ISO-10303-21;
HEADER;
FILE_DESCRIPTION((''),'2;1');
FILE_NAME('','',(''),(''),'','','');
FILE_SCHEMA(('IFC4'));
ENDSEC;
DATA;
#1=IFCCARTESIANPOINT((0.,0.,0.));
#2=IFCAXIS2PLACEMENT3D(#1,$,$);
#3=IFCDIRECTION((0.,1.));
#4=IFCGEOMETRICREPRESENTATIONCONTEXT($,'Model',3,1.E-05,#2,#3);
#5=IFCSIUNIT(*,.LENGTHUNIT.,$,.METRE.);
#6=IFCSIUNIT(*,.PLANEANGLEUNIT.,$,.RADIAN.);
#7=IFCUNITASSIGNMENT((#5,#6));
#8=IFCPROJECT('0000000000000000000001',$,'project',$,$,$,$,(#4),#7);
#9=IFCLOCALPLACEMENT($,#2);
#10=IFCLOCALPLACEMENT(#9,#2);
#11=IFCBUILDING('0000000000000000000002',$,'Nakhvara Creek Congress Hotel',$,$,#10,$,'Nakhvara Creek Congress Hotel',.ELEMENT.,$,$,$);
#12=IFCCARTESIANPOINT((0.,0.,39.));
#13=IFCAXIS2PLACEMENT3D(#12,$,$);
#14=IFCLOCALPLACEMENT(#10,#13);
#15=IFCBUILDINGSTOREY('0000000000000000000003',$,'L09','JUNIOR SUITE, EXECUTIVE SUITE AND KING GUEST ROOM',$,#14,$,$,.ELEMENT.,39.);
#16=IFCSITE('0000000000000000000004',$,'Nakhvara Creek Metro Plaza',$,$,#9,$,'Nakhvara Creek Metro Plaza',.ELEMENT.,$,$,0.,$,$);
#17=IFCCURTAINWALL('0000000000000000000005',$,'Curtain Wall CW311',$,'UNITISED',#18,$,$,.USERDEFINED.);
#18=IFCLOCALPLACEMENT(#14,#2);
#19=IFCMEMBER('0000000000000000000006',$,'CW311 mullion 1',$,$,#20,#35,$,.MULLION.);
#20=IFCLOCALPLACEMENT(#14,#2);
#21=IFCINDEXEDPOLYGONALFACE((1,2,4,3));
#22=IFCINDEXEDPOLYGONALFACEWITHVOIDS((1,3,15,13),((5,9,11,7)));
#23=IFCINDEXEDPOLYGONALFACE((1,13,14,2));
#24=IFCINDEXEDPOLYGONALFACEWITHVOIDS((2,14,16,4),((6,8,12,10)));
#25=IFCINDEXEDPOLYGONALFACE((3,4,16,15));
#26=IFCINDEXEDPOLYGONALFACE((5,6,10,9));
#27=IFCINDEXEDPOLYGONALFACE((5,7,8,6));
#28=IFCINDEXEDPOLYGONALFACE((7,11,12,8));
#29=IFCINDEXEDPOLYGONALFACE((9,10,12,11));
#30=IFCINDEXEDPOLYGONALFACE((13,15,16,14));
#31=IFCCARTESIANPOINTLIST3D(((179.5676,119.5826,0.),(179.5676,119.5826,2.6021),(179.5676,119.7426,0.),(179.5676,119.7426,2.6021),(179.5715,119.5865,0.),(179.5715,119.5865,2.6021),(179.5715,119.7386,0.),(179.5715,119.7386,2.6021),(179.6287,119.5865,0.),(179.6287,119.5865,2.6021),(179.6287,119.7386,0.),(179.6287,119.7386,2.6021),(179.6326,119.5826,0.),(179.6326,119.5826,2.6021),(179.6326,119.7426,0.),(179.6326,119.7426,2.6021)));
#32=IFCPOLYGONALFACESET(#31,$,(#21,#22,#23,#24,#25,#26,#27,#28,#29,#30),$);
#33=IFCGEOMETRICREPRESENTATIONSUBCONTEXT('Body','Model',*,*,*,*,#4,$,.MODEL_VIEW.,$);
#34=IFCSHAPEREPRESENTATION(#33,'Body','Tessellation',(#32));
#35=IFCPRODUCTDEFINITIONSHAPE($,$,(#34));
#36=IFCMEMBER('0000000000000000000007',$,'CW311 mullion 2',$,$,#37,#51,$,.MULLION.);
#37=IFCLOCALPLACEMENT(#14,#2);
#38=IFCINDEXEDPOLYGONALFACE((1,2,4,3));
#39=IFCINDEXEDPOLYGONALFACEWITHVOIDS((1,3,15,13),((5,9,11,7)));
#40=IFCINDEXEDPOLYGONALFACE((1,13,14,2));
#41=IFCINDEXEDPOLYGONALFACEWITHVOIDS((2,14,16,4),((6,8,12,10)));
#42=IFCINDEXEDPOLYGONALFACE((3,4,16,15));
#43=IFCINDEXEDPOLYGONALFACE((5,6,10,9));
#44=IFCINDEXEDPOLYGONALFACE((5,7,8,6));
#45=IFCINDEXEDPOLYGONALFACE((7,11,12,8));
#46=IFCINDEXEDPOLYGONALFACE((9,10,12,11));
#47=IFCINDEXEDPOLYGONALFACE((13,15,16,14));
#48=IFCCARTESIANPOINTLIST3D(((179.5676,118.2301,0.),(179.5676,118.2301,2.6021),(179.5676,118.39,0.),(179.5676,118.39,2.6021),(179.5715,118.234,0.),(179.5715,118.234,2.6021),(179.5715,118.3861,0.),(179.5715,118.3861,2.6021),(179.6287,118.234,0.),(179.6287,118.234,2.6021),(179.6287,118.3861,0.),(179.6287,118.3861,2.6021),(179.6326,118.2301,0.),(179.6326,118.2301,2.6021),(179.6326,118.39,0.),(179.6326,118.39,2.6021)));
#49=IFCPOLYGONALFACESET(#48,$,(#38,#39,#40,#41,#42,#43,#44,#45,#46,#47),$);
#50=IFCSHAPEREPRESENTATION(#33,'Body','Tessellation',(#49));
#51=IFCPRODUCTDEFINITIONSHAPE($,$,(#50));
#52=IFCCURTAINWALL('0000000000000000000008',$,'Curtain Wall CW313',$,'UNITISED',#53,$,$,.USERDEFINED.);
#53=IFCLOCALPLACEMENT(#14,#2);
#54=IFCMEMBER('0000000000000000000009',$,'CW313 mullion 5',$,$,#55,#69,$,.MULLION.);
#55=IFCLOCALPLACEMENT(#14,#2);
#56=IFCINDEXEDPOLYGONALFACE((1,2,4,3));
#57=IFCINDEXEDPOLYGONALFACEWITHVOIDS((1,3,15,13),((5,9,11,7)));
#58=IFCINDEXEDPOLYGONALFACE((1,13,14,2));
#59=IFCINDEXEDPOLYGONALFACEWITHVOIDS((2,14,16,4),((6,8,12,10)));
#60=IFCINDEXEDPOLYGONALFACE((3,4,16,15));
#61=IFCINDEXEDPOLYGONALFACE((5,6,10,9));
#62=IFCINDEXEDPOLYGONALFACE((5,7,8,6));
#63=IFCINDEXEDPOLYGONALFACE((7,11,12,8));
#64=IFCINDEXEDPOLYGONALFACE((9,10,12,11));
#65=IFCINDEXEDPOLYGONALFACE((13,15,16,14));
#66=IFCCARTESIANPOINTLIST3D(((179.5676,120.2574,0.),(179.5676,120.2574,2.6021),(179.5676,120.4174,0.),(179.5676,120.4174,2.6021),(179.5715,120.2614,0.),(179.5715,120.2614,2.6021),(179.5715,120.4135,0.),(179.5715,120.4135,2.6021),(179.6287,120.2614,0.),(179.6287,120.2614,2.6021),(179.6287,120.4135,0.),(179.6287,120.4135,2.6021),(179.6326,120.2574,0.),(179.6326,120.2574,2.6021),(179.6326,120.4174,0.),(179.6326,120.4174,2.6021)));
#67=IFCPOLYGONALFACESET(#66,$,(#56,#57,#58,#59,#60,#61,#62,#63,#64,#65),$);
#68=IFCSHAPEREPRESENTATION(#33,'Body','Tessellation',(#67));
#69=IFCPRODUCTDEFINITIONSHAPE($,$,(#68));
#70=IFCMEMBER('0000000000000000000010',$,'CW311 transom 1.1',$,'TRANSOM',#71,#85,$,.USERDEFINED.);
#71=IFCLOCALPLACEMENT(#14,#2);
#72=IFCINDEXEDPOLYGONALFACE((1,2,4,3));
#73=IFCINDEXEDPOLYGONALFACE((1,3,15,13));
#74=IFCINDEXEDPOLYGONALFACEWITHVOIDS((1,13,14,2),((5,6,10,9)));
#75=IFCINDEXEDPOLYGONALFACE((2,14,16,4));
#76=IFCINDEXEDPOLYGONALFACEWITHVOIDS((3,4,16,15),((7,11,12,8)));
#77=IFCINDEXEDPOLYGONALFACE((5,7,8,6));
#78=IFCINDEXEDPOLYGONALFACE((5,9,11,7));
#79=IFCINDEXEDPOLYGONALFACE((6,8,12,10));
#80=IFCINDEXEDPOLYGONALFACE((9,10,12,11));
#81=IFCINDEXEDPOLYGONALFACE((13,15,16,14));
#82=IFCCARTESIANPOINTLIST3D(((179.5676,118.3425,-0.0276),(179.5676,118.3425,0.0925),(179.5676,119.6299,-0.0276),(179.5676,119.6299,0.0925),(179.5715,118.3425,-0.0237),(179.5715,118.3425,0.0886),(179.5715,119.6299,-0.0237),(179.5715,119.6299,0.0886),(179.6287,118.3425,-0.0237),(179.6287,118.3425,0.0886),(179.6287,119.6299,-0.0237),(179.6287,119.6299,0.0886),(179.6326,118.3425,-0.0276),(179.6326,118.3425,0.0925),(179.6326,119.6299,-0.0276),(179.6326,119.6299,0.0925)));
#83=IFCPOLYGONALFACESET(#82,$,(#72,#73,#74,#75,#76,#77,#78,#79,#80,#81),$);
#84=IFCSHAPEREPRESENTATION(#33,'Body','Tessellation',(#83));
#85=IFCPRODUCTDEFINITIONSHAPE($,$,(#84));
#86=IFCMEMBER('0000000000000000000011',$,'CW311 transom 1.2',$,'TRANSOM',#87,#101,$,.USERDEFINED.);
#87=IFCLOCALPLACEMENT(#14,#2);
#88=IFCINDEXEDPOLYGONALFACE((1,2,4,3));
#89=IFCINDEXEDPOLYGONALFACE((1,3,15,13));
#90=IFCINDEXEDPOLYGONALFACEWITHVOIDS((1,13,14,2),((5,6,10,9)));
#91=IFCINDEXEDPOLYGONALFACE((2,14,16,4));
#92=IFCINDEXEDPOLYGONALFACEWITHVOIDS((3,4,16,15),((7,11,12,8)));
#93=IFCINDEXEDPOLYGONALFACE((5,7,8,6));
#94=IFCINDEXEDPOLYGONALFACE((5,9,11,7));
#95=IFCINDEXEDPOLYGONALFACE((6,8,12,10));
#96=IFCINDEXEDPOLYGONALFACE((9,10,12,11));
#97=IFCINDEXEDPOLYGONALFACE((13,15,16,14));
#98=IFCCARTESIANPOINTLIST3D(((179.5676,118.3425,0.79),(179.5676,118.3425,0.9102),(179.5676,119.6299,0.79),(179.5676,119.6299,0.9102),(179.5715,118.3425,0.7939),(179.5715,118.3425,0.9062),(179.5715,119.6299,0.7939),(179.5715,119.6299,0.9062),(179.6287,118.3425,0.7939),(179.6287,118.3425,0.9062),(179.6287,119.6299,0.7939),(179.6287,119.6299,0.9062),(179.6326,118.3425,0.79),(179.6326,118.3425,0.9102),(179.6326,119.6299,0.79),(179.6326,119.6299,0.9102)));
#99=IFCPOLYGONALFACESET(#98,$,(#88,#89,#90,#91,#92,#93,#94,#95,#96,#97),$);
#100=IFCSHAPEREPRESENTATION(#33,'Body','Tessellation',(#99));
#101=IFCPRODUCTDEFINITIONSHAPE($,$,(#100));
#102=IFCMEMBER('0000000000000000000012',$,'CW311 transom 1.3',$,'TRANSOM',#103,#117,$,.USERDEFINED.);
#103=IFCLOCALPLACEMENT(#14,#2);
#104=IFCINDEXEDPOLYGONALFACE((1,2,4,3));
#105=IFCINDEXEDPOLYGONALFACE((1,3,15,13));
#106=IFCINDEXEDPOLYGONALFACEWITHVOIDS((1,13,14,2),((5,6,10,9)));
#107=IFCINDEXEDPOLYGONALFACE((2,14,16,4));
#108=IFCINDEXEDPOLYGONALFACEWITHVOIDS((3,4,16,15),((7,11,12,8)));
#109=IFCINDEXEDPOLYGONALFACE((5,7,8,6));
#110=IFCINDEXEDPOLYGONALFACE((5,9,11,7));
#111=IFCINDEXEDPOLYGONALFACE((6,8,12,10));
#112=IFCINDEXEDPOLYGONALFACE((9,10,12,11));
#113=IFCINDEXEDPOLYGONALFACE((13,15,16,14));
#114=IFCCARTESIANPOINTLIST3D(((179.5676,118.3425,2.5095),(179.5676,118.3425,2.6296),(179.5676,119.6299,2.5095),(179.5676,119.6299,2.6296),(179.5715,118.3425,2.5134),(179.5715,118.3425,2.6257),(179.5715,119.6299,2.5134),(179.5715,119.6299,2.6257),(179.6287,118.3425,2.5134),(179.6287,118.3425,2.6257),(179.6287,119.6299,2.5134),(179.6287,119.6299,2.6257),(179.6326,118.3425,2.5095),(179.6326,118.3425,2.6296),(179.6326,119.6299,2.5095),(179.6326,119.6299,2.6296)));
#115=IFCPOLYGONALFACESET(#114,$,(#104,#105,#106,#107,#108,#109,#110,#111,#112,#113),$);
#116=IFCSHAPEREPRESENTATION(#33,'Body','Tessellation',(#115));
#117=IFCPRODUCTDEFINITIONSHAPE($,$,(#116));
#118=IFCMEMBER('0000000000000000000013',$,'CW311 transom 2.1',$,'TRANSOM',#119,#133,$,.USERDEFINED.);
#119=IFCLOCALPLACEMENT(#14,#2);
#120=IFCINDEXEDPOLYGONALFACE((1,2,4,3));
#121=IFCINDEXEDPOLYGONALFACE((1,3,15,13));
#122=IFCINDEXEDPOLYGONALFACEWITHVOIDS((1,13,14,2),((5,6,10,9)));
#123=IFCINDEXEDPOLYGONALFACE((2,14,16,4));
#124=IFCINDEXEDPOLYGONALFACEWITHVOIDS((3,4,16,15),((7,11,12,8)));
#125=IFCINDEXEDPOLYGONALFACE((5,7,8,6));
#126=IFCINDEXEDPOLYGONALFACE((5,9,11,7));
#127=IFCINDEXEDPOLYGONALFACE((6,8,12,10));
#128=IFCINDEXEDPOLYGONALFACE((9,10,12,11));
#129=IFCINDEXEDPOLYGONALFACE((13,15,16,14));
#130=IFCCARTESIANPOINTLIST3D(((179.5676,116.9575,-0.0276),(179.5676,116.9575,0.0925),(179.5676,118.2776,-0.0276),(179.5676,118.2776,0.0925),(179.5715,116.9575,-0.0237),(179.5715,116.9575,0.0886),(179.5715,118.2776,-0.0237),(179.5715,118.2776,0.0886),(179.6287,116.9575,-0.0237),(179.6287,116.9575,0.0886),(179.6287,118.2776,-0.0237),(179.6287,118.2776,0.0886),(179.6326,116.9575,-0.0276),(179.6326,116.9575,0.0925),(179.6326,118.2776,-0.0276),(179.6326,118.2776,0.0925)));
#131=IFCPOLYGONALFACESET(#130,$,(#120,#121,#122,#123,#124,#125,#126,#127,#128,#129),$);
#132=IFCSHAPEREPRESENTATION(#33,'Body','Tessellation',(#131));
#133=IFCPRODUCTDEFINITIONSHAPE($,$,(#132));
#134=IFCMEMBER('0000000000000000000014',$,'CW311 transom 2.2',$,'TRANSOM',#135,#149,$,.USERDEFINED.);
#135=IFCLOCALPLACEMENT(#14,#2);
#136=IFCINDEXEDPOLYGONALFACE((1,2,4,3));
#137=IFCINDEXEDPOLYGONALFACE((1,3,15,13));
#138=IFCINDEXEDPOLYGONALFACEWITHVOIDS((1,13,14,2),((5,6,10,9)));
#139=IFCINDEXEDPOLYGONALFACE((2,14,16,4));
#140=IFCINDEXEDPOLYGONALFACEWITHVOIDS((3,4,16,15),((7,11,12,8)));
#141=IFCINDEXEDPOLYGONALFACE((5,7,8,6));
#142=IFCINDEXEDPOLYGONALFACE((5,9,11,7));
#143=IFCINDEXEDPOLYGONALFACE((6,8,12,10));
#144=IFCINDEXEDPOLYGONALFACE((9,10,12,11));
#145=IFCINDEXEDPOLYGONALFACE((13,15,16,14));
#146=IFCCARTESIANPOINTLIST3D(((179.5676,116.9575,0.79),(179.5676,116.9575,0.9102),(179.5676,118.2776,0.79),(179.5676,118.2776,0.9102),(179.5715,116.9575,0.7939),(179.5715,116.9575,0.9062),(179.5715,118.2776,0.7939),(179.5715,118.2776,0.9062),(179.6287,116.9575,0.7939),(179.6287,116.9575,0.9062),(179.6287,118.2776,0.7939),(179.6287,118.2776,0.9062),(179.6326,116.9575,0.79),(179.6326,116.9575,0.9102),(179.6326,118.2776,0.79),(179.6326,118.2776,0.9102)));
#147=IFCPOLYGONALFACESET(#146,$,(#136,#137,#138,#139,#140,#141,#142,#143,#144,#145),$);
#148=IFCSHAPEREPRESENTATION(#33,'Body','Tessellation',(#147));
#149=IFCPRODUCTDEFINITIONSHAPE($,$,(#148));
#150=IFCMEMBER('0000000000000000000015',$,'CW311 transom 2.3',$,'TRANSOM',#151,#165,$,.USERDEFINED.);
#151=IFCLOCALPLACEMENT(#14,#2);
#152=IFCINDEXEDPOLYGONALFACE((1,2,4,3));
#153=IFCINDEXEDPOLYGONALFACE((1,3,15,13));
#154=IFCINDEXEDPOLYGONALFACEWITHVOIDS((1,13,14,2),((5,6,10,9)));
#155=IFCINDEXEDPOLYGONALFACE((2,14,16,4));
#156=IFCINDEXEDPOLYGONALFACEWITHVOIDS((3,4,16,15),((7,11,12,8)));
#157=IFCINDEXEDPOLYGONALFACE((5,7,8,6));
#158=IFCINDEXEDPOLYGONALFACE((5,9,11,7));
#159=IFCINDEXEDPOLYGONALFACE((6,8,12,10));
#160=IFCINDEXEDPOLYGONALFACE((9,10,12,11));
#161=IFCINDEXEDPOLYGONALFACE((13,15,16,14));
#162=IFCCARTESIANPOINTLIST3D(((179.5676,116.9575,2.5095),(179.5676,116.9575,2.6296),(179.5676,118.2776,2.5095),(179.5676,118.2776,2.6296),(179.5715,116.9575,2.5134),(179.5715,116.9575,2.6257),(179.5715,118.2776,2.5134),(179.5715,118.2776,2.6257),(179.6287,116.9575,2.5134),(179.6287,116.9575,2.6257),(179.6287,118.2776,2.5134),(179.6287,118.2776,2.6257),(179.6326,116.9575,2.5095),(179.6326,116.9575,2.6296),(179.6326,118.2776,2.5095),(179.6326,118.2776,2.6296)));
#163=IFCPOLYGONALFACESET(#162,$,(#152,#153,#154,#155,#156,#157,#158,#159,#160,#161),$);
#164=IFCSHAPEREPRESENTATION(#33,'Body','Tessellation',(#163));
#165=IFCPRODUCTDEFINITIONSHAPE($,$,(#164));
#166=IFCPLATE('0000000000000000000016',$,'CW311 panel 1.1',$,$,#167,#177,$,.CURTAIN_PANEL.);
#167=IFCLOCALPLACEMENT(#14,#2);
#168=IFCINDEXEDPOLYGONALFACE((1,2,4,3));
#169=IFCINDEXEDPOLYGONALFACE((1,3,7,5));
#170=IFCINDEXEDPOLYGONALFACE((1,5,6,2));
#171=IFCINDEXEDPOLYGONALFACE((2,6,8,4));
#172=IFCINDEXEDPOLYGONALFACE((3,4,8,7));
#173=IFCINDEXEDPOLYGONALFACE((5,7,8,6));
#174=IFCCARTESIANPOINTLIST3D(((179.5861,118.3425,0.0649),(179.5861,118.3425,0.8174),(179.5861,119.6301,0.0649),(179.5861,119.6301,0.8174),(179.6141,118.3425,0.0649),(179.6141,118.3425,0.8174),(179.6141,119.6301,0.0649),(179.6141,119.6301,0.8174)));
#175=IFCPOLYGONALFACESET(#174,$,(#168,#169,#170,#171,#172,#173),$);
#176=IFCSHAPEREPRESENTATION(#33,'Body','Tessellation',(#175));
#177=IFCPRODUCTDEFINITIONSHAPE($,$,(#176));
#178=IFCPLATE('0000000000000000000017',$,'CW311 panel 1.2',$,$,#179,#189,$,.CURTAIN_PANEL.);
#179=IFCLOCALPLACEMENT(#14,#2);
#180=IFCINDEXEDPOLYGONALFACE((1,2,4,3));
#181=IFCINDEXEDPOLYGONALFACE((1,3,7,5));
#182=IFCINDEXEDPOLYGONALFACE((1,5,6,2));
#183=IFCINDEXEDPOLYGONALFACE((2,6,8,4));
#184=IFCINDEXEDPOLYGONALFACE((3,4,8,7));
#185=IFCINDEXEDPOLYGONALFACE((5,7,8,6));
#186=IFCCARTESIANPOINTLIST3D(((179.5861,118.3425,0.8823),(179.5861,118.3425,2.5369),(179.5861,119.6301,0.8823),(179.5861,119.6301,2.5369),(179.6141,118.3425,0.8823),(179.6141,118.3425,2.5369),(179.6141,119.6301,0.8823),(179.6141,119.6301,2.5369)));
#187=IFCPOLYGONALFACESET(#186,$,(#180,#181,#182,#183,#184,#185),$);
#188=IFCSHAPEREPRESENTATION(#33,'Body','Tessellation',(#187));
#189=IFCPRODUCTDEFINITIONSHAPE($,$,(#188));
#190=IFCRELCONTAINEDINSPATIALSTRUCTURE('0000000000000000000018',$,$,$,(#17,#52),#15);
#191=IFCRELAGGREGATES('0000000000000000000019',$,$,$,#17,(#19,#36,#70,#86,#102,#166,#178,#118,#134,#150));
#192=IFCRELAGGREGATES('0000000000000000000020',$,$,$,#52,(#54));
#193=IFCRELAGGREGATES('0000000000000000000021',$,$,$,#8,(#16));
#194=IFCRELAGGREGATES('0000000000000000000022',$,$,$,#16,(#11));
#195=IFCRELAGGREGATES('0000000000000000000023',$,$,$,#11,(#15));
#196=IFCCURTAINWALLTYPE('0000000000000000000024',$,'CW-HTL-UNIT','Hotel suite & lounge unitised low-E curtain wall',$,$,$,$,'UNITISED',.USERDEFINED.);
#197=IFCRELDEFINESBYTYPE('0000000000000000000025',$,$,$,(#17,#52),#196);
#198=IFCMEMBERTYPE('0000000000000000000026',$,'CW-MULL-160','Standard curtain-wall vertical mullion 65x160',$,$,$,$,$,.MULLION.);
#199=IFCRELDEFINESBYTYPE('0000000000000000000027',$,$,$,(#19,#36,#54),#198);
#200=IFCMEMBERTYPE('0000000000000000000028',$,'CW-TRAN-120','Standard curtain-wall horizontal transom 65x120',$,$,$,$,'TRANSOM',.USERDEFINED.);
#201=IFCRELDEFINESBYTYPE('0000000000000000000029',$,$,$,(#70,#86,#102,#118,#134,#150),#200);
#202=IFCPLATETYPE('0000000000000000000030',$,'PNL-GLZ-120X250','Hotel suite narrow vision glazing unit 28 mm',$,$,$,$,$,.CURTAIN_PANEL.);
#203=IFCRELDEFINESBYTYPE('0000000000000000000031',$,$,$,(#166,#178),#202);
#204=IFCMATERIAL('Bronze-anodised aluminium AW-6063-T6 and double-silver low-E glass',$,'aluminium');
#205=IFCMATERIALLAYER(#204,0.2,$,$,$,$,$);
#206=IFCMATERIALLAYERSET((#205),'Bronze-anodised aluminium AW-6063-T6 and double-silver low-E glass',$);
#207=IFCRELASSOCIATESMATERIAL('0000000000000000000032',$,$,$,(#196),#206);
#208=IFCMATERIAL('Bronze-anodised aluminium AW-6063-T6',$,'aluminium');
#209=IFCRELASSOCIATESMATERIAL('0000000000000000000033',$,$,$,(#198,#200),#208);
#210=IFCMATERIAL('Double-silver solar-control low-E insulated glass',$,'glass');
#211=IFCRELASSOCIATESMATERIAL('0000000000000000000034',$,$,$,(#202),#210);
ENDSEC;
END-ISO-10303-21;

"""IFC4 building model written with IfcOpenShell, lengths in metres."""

from ifc_helpers import new_model, si_unit, direction, frame, origin, origin_2d, place, context, subcontext, project, spatial, rectangle, hollow_rectangle, extrude, material, layer, layer_set, material_profile, profile_set, type_object, element, aggregate, save


model = new_model("IFC4")

# Units and contexts
model_context = context("Model", 3, precision=1e-05, world=origin(), true_north=direction((0.0, 1.0)))
body_context = subcontext(model_context, "Body", "Model", "MODEL_VIEW")
ifc_project = project(units=[si_unit("LENGTHUNIT", "METRE"), si_unit("PLANEANGLEUNIT", "RADIAN")], contexts=[model_context])

# Site, building, storey
site_placement = place(None, origin())
site = spatial("IfcSite", under=ifc_project, at=site_placement, Name="Nakhvara Creek Metro Plaza", LongName="Nakhvara Creek Metro Plaza", CompositionType="ELEMENT", RefElevation=0.0)
building_placement = place(site_placement, origin())
building = spatial("IfcBuilding", under=site, at=building_placement, Name="Nakhvara Creek Congress Hotel", LongName="Nakhvara Creek Congress Hotel", CompositionType="ELEMENT")
storey_placement = place(building_placement, frame((0.0, 0.0, 39.0)))
storey = spatial("IfcBuildingStorey", under=building, at=storey_placement, Name="L09", Description="JUNIOR SUITE, EXECUTIVE SUITE AND KING GUEST ROOM", CompositionType="ELEMENT", Elevation=39.0)

# Curtain wall, members
ifc_material_1 = material(Name="Bronze-anodised aluminium AW-6063-T6 and double-silver low-E glass", Category="aluminium")
ifc_layer_1 = layer(ifc_material_1, 0.2)
ifc_layer_set_1 = layer_set([ifc_layer_1], Name="Bronze-anodised aluminium AW-6063-T6 and double-silver low-E glass")
curtain_wall_type = type_object("IfcCurtainWallType", Name="CW-HTL-UNIT", Description="Hotel suite & lounge unitised low-E curtain wall", ElementType="UNITISED", PredefinedType="USERDEFINED", material=ifc_layer_set_1)
curtain_wall_1_placement = place(storey_placement, origin())
curtain_wall_1 = element("IfcCurtainWall", 1, at=curtain_wall_1_placement, inside=storey, type_object=curtain_wall_type, Name="Curtain Wall CW311", ObjectType="UNITISED", PredefinedType="USERDEFINED")
ifc_material_2 = material(Name="Bronze-anodised aluminium AW-6063-T6", Category="aluminium")
ifc_material_profile_1 = material_profile(ifc_material_2, hollow_rectangle(XDim=0.0649, YDim=0.1599, WallThickness=0.0039, at=origin_2d()), Name="ALU-MULL 65x160x4", Category="LoadBearing")
ifc_profile_set_1 = profile_set([ifc_material_profile_1], Name="Bronze-anodised aluminium AW-6063-T6")
member_type_1 = type_object("IfcMemberType", Name="CW-MULL-160", Description="Standard curtain-wall vertical mullion 65x160", PredefinedType="MULLION", material=ifc_profile_set_1)
member_1_placement = place(storey_placement, frame((179.6001, 119.6626, 0.0), z_axis=(0.0, 0.0, 1.0), x_axis=(1.0, 0.0, 0.0)))
member_1 = element("IfcMember", 2, at=member_1_placement, type_object=member_type_1, Name="CW311 mullion 1", PredefinedType="MULLION", context=body_context, shape_type="SweptSolid", body=[
    extrude(hollow_rectangle(XDim=0.0649, YDim=0.1599, WallThickness=0.0039, at=origin_2d()), origin(), (0.0, 0.0, 1.0), 2.6021),
])
member_2_placement = place(storey_placement, frame((179.6001, 118.3101, 0.0), z_axis=(0.0, 0.0, 1.0), x_axis=(1.0, 0.0, 0.0)))
member_2 = element("IfcMember", 3, at=member_2_placement, type_object=member_type_1, Name="CW311 mullion 2", PredefinedType="MULLION", context=body_context, shape_type="SweptSolid", body=[
    extrude(hollow_rectangle(XDim=0.0649, YDim=0.1599, WallThickness=0.0039, at=origin_2d()), origin(), (0.0, 0.0, 1.0), 2.6021),
])

# Curtain wall, member
curtain_wall_2_placement = place(storey_placement, origin())
curtain_wall_2 = element("IfcCurtainWall", 4, at=curtain_wall_2_placement, inside=storey, type_object=curtain_wall_type, Name="Curtain Wall CW313", ObjectType="UNITISED", PredefinedType="USERDEFINED")
member_3_placement = place(storey_placement, frame((179.6001, 120.3374, 0.0), z_axis=(0.0, 0.0, 1.0), x_axis=(1.0, 0.0, 0.0)))
member_3 = element("IfcMember", 5, at=member_3_placement, type_object=member_type_1, Name="CW313 mullion 5", PredefinedType="MULLION", context=body_context, shape_type="SweptSolid", body=[
    extrude(hollow_rectangle(XDim=0.0649, YDim=0.1599, WallThickness=0.0039, at=origin_2d()), origin(), (0.0, 0.0, 1.0), 2.6021),
])

# Members
ifc_material_profile_2 = material_profile(ifc_material_2, hollow_rectangle(XDim=0.0649, YDim=0.1201, WallThickness=0.0039, at=origin_2d()), Name="ALU-TRAN 65x120x4", Category="LoadBearing")
ifc_profile_set_2 = profile_set([ifc_material_profile_2], Name="Bronze-anodised aluminium AW-6063-T6")
member_type_2 = type_object("IfcMemberType", Name="CW-TRAN-120", Description="Standard curtain-wall horizontal transom 65x120", ElementType="TRANSOM", PredefinedType="USERDEFINED", material=ifc_profile_set_2)
member_4_placement = place(storey_placement, frame((179.6001, 119.6299, 0.0325), z_axis=(0.0, -1.0, 0.0), x_axis=(1.0, 0.0, 0.0)))
member_4 = element("IfcMember", 6, at=member_4_placement, type_object=member_type_2, Name="CW311 transom 1.1", ObjectType="TRANSOM", PredefinedType="USERDEFINED", context=body_context, shape_type="SweptSolid", body=[
    extrude(hollow_rectangle(XDim=0.0649, YDim=0.1201, WallThickness=0.0039, at=origin_2d()), origin(), (0.0, 0.0, 1.0), 1.2874),
])
member_5_placement = place(storey_placement, frame((179.6001, 119.6299, 0.8501), z_axis=(0.0, -1.0, 0.0), x_axis=(1.0, 0.0, 0.0)))
member_5 = element("IfcMember", 7, at=member_5_placement, type_object=member_type_2, Name="CW311 transom 1.2", ObjectType="TRANSOM", PredefinedType="USERDEFINED", context=body_context, shape_type="SweptSolid", body=[
    extrude(hollow_rectangle(XDim=0.0649, YDim=0.1201, WallThickness=0.0039, at=origin_2d()), origin(), (0.0, 0.0, 1.0), 1.2874),
])
member_6_placement = place(storey_placement, frame((179.6001, 119.6299, 2.5696), z_axis=(0.0, -1.0, 0.0), x_axis=(1.0, 0.0, 0.0)))
member_6 = element("IfcMember", 8, at=member_6_placement, type_object=member_type_2, Name="CW311 transom 1.3", ObjectType="TRANSOM", PredefinedType="USERDEFINED", context=body_context, shape_type="SweptSolid", body=[
    extrude(hollow_rectangle(XDim=0.0649, YDim=0.1201, WallThickness=0.0039, at=origin_2d()), origin(), (0.0, 0.0, 1.0), 1.2874),
])
member_7_placement = place(storey_placement, frame((179.6001, 118.2776, 0.0325), z_axis=(0.0, -1.0, 0.0), x_axis=(1.0, 0.0, 0.0)))
member_7 = element("IfcMember", 9, at=member_7_placement, type_object=member_type_2, Name="CW311 transom 2.1", ObjectType="TRANSOM", PredefinedType="USERDEFINED", context=body_context, shape_type="SweptSolid", body=[
    extrude(hollow_rectangle(XDim=0.0649, YDim=0.1201, WallThickness=0.0039, at=origin_2d()), origin(), (0.0, 0.0, 1.0), 1.3201),
])
member_8_placement = place(storey_placement, frame((179.6001, 118.2776, 0.8501), z_axis=(0.0, -1.0, 0.0), x_axis=(1.0, 0.0, 0.0)))
member_8 = element("IfcMember", 10, at=member_8_placement, type_object=member_type_2, Name="CW311 transom 2.2", ObjectType="TRANSOM", PredefinedType="USERDEFINED", context=body_context, shape_type="SweptSolid", body=[
    extrude(hollow_rectangle(XDim=0.0649, YDim=0.1201, WallThickness=0.0039, at=origin_2d()), origin(), (0.0, 0.0, 1.0), 1.3201),
])
member_9_placement = place(storey_placement, frame((179.6001, 118.2776, 2.5696), z_axis=(0.0, -1.0, 0.0), x_axis=(1.0, 0.0, 0.0)))
member_9 = element("IfcMember", 11, at=member_9_placement, type_object=member_type_2, Name="CW311 transom 2.3", ObjectType="TRANSOM", PredefinedType="USERDEFINED", context=body_context, shape_type="SweptSolid", body=[
    extrude(hollow_rectangle(XDim=0.0649, YDim=0.1201, WallThickness=0.0039, at=origin_2d()), origin(), (0.0, 0.0, 1.0), 1.3201),
])

# Plates
ifc_material_3 = material(Name="Double-silver solar-control low-E insulated glass", Category="glass")
plate_type = type_object("IfcPlateType", Name="PNL-GLZ-120X250", Description="Hotel suite narrow vision glazing unit 28 mm", PredefinedType="CURTAIN_PANEL", material=ifc_material_3)
plate_1_placement = place(storey_placement, frame((179.6001, 118.9863, 0.0649), z_axis=(0.0, 0.0, 1.0), x_axis=(0.0, -1.0, 0.0)))
plate_1 = element("IfcPlate", 12, at=plate_1_placement, type_object=plate_type, Name="CW311 panel 1.1", PredefinedType="CURTAIN_PANEL", context=body_context, shape_type="SweptSolid", body=[
    extrude(rectangle(XDim=1.2876, YDim=0.0281, at=origin_2d()), origin(), (0.0, 0.0, 1.0), 0.7524),
])
plate_2_placement = place(storey_placement, frame((179.6001, 118.9863, 0.8823), z_axis=(0.0, 0.0, 1.0), x_axis=(0.0, -1.0, 0.0)))
plate_2 = element("IfcPlate", 13, at=plate_2_placement, type_object=plate_type, Name="CW311 panel 1.2", PredefinedType="CURTAIN_PANEL", context=body_context, shape_type="SweptSolid", body=[
    extrude(rectangle(XDim=1.2876, YDim=0.0281, at=origin_2d()), origin(), (0.0, 0.0, 1.0), 1.6545),
])
aggregate(curtain_wall_1, [member_1, member_2, member_4, member_5, member_6, plate_1, plate_2, member_7, member_8, member_9])
aggregate(curtain_wall_2, [member_3])

save(model, "model.ifc")
